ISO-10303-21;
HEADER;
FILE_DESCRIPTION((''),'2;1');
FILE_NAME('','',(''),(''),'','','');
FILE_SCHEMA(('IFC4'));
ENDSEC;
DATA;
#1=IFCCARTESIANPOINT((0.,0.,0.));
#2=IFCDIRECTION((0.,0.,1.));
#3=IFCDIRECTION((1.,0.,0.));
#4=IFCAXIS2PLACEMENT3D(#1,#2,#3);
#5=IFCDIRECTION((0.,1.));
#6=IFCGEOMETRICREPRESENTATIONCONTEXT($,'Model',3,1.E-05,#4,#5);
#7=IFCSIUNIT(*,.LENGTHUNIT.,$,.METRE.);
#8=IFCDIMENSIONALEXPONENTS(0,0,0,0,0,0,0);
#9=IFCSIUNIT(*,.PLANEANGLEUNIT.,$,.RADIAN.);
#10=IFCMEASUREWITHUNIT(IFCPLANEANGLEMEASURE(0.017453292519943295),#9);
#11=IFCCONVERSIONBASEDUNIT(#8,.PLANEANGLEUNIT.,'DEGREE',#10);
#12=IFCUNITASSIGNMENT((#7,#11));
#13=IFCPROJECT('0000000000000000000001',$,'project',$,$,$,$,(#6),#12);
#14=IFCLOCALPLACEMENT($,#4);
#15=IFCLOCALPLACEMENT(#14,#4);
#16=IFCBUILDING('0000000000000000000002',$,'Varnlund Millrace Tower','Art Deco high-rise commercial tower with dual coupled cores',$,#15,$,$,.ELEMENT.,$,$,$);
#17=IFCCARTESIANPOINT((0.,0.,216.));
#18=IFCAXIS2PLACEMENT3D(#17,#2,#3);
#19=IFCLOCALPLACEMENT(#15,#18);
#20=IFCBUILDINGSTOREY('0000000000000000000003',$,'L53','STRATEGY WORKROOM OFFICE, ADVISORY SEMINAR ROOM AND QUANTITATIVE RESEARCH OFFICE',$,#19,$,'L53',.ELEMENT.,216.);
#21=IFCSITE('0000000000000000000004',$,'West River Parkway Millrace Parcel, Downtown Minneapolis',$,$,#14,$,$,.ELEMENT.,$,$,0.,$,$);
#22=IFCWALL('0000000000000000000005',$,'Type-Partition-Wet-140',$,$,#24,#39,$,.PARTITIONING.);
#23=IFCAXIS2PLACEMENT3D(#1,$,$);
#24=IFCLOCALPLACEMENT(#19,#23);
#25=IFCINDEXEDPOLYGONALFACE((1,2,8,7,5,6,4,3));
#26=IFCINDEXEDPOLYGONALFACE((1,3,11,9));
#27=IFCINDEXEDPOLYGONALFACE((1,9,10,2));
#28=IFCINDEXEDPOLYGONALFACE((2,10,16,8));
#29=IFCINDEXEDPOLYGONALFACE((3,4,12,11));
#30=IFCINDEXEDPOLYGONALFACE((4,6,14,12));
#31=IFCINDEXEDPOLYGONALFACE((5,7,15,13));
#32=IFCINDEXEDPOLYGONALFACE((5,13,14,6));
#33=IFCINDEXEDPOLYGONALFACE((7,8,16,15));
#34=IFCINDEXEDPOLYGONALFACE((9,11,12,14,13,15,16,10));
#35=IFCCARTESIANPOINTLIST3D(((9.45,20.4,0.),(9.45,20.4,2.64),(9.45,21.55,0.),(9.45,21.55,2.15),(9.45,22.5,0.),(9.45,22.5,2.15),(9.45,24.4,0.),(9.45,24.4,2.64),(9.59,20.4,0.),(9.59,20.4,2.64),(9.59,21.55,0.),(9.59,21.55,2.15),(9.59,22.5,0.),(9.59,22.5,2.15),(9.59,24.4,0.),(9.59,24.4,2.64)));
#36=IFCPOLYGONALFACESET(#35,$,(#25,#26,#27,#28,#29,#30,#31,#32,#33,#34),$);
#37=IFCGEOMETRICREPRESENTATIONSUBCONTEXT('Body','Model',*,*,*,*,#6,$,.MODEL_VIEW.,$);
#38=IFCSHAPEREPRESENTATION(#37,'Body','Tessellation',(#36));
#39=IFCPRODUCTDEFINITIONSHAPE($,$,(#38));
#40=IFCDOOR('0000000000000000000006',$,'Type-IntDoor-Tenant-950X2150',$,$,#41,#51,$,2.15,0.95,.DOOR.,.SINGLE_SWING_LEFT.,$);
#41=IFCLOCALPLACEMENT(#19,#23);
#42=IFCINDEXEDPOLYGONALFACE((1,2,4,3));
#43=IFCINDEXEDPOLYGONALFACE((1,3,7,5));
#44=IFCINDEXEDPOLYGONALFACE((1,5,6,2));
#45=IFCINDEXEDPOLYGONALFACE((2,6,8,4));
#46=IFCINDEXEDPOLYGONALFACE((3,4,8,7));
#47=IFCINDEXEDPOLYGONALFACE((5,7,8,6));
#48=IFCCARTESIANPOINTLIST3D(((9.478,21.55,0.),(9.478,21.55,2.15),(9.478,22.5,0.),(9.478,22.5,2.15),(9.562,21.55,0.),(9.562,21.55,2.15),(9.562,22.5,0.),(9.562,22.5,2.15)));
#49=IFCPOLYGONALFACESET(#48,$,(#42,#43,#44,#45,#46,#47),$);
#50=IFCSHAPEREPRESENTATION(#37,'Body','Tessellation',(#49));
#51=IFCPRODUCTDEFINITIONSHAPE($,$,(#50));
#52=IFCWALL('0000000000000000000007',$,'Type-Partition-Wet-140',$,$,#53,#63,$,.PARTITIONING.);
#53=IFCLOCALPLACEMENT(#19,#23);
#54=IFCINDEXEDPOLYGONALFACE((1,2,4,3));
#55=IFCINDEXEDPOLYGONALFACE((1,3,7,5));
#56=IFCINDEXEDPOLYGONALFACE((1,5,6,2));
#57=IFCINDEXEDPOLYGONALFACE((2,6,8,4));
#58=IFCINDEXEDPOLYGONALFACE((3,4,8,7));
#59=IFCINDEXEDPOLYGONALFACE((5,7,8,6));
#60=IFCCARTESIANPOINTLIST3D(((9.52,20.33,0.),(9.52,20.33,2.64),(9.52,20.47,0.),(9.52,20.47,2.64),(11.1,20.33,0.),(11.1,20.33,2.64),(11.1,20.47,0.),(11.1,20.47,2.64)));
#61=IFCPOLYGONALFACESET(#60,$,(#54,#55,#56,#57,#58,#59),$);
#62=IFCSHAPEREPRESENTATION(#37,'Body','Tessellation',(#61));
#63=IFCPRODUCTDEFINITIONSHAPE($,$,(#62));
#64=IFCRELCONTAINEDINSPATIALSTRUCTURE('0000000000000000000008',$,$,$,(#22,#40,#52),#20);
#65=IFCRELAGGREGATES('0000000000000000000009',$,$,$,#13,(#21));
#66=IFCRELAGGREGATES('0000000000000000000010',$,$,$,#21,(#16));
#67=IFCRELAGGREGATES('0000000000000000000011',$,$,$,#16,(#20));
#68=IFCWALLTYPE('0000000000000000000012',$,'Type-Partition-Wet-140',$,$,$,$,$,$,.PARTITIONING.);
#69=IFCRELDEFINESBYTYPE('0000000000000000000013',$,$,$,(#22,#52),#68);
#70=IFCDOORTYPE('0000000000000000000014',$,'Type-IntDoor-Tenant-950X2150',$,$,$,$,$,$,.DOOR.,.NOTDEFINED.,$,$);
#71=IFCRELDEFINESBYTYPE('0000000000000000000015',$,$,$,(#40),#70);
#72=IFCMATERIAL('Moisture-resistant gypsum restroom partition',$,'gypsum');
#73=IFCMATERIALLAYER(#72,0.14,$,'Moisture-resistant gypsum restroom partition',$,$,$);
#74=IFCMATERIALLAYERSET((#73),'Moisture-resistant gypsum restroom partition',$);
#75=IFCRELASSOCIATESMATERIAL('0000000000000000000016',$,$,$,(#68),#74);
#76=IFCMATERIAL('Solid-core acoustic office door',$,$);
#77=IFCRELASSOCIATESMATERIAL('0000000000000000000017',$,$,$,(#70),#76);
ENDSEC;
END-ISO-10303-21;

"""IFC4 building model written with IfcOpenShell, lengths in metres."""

from ifc_helpers import new_model, entity, si_unit, converted_unit, direction, frame, origin_with_axes, origin_2d_with_axis, place, context, subcontext, project, spatial, polyline, rectangle, outline, extrude, material, layer, layer_set, type_object, element, fill, save


model = new_model("IFC4")

# Units and contexts
model_context = context("Model", 3, precision=1e-05, world=origin_with_axes(), true_north=direction((0.0, 1.0)))
body_context = subcontext(model_context, "Body", "Model", "MODEL_VIEW")
ifc_project = project(units=[si_unit("LENGTHUNIT", "METRE"), converted_unit("PLANEANGLEUNIT", "DEGREE", entity("IfcPlaneAngleMeasure", 0.017453292519943295), si_unit("PLANEANGLEUNIT", "RADIAN"), dimensions=[0, 0, 0, 0, 0, 0, 0])], contexts=[model_context])

# Site, building, storey
site_placement = place(None, origin_with_axes())
site = spatial("IfcSite", under=ifc_project, at=site_placement, Name="West River Parkway Millrace Parcel, Downtown Minneapolis", CompositionType="ELEMENT", RefElevation=0.0)
building_placement = place(site_placement, origin_with_axes())
building = spatial("IfcBuilding", under=site, at=building_placement, Name="Varnlund Millrace Tower", Description="Art Deco high-rise commercial tower with dual coupled cores", CompositionType="ELEMENT")
storey_placement = place(building_placement, frame((0.0, 0.0, 216.0), z_axis=(0.0, 0.0, 1.0), x_axis=(1.0, 0.0, 0.0)))
storey = spatial("IfcBuildingStorey", under=building, at=storey_placement, Name="L53", Description="STRATEGY WORKROOM OFFICE, ADVISORY SEMINAR ROOM AND QUANTITATIVE RESEARCH OFFICE", LongName="L53", CompositionType="ELEMENT", Elevation=216.0)

# Wall, opening, door
ifc_material_1 = material(Name="Moisture-resistant gypsum restroom partition", Category="gypsum")
ifc_layer_1 = layer(ifc_material_1, 0.14, Name="Moisture-resistant gypsum restroom partition")
ifc_layer_set_1 = layer_set([ifc_layer_1], Name="Moisture-resistant gypsum restroom partition")
wall_type_1 = type_object("IfcWallType", Name="Type-Partition-Wet-140", PredefinedType="PARTITIONING", material=ifc_layer_set_1)
wall_1_placement = place(storey_placement, frame((9.52, 20.4, 0.0), z_axis=(0.0, 0.0, 1.0), x_axis=(0.0, 1.0, 0.0)))
wall_1 = element("IfcWall", 1, at=wall_1_placement, inside=storey, type_object=wall_type_1, Name="Type-Partition-Wet-140", PredefinedType="PARTITIONING", context=body_context, shape_type="SweptSolid", body=[
    extrude(outline(polyline([(0.0, -0.07), (4.0, -0.07), (4.0, 0.07), (0.0, 0.07), (0.0, -0.07)])), origin_with_axes(), (0.0, 0.0, 1.0), 2.64),
])
opening_1_placement = place(wall_1_placement, frame((1.625, 0.0, 0.0), z_axis=(0.0, 0.0, 1.0), x_axis=(1.0, 0.0, 0.0)))
opening_1 = element("IfcOpeningElement", 2, at=opening_1_placement, cuts=wall_1, PredefinedType="OPENING", context=body_context, shape_type="SweptSolid", body=[
    extrude(rectangle(XDim=0.95, YDim=0.16, at=origin_2d_with_axis()), origin_with_axes(), (0.0, 0.0, 1.0), 2.15),
])
ifc_material_2 = material(Name="Solid-core acoustic office door")
door_type_1 = type_object("IfcDoorType", Name="Type-IntDoor-Tenant-950X2150", OperationType="NOTDEFINED", PredefinedType="DOOR", material=ifc_material_2)
door_1_placement = place(wall_1_placement, frame((1.625, 0.0, 0.0), z_axis=(0.0, 0.0, 1.0), x_axis=(1.0, 0.0, 0.0)))
door_1 = element("IfcDoor", 3, at=door_1_placement, inside=storey, type_object=door_type_1, Name="Type-IntDoor-Tenant-950X2150", OperationType="SINGLE_SWING_LEFT", OverallHeight=2.15, OverallWidth=0.95, PredefinedType="DOOR", context=body_context, shape_type="SweptSolid", body=[
    extrude(rectangle(XDim=0.95, YDim=0.084, at=origin_2d_with_axis()), origin_with_axes(), (0.0, 0.0, 1.0), 2.15),
])
fill(opening_1, door_1)

# Wall
wall_2_placement = place(storey_placement, frame((9.52, 20.4, 0.0), z_axis=(0.0, 0.0, 1.0), x_axis=(1.0, 0.0, 0.0)))
element("IfcWall", 4, at=wall_2_placement, inside=storey, type_object=wall_type_1, Name="Type-Partition-Wet-140", PredefinedType="PARTITIONING", context=body_context, shape_type="SweptSolid", body=[
    extrude(outline(polyline([(0.0, -0.07), (1.58, -0.07), (1.58, 0.07), (0.0, 0.07), (0.0, -0.07)])), origin_with_axes(), (0.0, 0.0, 1.0), 2.64),
])

save(model, "model.ifc")
